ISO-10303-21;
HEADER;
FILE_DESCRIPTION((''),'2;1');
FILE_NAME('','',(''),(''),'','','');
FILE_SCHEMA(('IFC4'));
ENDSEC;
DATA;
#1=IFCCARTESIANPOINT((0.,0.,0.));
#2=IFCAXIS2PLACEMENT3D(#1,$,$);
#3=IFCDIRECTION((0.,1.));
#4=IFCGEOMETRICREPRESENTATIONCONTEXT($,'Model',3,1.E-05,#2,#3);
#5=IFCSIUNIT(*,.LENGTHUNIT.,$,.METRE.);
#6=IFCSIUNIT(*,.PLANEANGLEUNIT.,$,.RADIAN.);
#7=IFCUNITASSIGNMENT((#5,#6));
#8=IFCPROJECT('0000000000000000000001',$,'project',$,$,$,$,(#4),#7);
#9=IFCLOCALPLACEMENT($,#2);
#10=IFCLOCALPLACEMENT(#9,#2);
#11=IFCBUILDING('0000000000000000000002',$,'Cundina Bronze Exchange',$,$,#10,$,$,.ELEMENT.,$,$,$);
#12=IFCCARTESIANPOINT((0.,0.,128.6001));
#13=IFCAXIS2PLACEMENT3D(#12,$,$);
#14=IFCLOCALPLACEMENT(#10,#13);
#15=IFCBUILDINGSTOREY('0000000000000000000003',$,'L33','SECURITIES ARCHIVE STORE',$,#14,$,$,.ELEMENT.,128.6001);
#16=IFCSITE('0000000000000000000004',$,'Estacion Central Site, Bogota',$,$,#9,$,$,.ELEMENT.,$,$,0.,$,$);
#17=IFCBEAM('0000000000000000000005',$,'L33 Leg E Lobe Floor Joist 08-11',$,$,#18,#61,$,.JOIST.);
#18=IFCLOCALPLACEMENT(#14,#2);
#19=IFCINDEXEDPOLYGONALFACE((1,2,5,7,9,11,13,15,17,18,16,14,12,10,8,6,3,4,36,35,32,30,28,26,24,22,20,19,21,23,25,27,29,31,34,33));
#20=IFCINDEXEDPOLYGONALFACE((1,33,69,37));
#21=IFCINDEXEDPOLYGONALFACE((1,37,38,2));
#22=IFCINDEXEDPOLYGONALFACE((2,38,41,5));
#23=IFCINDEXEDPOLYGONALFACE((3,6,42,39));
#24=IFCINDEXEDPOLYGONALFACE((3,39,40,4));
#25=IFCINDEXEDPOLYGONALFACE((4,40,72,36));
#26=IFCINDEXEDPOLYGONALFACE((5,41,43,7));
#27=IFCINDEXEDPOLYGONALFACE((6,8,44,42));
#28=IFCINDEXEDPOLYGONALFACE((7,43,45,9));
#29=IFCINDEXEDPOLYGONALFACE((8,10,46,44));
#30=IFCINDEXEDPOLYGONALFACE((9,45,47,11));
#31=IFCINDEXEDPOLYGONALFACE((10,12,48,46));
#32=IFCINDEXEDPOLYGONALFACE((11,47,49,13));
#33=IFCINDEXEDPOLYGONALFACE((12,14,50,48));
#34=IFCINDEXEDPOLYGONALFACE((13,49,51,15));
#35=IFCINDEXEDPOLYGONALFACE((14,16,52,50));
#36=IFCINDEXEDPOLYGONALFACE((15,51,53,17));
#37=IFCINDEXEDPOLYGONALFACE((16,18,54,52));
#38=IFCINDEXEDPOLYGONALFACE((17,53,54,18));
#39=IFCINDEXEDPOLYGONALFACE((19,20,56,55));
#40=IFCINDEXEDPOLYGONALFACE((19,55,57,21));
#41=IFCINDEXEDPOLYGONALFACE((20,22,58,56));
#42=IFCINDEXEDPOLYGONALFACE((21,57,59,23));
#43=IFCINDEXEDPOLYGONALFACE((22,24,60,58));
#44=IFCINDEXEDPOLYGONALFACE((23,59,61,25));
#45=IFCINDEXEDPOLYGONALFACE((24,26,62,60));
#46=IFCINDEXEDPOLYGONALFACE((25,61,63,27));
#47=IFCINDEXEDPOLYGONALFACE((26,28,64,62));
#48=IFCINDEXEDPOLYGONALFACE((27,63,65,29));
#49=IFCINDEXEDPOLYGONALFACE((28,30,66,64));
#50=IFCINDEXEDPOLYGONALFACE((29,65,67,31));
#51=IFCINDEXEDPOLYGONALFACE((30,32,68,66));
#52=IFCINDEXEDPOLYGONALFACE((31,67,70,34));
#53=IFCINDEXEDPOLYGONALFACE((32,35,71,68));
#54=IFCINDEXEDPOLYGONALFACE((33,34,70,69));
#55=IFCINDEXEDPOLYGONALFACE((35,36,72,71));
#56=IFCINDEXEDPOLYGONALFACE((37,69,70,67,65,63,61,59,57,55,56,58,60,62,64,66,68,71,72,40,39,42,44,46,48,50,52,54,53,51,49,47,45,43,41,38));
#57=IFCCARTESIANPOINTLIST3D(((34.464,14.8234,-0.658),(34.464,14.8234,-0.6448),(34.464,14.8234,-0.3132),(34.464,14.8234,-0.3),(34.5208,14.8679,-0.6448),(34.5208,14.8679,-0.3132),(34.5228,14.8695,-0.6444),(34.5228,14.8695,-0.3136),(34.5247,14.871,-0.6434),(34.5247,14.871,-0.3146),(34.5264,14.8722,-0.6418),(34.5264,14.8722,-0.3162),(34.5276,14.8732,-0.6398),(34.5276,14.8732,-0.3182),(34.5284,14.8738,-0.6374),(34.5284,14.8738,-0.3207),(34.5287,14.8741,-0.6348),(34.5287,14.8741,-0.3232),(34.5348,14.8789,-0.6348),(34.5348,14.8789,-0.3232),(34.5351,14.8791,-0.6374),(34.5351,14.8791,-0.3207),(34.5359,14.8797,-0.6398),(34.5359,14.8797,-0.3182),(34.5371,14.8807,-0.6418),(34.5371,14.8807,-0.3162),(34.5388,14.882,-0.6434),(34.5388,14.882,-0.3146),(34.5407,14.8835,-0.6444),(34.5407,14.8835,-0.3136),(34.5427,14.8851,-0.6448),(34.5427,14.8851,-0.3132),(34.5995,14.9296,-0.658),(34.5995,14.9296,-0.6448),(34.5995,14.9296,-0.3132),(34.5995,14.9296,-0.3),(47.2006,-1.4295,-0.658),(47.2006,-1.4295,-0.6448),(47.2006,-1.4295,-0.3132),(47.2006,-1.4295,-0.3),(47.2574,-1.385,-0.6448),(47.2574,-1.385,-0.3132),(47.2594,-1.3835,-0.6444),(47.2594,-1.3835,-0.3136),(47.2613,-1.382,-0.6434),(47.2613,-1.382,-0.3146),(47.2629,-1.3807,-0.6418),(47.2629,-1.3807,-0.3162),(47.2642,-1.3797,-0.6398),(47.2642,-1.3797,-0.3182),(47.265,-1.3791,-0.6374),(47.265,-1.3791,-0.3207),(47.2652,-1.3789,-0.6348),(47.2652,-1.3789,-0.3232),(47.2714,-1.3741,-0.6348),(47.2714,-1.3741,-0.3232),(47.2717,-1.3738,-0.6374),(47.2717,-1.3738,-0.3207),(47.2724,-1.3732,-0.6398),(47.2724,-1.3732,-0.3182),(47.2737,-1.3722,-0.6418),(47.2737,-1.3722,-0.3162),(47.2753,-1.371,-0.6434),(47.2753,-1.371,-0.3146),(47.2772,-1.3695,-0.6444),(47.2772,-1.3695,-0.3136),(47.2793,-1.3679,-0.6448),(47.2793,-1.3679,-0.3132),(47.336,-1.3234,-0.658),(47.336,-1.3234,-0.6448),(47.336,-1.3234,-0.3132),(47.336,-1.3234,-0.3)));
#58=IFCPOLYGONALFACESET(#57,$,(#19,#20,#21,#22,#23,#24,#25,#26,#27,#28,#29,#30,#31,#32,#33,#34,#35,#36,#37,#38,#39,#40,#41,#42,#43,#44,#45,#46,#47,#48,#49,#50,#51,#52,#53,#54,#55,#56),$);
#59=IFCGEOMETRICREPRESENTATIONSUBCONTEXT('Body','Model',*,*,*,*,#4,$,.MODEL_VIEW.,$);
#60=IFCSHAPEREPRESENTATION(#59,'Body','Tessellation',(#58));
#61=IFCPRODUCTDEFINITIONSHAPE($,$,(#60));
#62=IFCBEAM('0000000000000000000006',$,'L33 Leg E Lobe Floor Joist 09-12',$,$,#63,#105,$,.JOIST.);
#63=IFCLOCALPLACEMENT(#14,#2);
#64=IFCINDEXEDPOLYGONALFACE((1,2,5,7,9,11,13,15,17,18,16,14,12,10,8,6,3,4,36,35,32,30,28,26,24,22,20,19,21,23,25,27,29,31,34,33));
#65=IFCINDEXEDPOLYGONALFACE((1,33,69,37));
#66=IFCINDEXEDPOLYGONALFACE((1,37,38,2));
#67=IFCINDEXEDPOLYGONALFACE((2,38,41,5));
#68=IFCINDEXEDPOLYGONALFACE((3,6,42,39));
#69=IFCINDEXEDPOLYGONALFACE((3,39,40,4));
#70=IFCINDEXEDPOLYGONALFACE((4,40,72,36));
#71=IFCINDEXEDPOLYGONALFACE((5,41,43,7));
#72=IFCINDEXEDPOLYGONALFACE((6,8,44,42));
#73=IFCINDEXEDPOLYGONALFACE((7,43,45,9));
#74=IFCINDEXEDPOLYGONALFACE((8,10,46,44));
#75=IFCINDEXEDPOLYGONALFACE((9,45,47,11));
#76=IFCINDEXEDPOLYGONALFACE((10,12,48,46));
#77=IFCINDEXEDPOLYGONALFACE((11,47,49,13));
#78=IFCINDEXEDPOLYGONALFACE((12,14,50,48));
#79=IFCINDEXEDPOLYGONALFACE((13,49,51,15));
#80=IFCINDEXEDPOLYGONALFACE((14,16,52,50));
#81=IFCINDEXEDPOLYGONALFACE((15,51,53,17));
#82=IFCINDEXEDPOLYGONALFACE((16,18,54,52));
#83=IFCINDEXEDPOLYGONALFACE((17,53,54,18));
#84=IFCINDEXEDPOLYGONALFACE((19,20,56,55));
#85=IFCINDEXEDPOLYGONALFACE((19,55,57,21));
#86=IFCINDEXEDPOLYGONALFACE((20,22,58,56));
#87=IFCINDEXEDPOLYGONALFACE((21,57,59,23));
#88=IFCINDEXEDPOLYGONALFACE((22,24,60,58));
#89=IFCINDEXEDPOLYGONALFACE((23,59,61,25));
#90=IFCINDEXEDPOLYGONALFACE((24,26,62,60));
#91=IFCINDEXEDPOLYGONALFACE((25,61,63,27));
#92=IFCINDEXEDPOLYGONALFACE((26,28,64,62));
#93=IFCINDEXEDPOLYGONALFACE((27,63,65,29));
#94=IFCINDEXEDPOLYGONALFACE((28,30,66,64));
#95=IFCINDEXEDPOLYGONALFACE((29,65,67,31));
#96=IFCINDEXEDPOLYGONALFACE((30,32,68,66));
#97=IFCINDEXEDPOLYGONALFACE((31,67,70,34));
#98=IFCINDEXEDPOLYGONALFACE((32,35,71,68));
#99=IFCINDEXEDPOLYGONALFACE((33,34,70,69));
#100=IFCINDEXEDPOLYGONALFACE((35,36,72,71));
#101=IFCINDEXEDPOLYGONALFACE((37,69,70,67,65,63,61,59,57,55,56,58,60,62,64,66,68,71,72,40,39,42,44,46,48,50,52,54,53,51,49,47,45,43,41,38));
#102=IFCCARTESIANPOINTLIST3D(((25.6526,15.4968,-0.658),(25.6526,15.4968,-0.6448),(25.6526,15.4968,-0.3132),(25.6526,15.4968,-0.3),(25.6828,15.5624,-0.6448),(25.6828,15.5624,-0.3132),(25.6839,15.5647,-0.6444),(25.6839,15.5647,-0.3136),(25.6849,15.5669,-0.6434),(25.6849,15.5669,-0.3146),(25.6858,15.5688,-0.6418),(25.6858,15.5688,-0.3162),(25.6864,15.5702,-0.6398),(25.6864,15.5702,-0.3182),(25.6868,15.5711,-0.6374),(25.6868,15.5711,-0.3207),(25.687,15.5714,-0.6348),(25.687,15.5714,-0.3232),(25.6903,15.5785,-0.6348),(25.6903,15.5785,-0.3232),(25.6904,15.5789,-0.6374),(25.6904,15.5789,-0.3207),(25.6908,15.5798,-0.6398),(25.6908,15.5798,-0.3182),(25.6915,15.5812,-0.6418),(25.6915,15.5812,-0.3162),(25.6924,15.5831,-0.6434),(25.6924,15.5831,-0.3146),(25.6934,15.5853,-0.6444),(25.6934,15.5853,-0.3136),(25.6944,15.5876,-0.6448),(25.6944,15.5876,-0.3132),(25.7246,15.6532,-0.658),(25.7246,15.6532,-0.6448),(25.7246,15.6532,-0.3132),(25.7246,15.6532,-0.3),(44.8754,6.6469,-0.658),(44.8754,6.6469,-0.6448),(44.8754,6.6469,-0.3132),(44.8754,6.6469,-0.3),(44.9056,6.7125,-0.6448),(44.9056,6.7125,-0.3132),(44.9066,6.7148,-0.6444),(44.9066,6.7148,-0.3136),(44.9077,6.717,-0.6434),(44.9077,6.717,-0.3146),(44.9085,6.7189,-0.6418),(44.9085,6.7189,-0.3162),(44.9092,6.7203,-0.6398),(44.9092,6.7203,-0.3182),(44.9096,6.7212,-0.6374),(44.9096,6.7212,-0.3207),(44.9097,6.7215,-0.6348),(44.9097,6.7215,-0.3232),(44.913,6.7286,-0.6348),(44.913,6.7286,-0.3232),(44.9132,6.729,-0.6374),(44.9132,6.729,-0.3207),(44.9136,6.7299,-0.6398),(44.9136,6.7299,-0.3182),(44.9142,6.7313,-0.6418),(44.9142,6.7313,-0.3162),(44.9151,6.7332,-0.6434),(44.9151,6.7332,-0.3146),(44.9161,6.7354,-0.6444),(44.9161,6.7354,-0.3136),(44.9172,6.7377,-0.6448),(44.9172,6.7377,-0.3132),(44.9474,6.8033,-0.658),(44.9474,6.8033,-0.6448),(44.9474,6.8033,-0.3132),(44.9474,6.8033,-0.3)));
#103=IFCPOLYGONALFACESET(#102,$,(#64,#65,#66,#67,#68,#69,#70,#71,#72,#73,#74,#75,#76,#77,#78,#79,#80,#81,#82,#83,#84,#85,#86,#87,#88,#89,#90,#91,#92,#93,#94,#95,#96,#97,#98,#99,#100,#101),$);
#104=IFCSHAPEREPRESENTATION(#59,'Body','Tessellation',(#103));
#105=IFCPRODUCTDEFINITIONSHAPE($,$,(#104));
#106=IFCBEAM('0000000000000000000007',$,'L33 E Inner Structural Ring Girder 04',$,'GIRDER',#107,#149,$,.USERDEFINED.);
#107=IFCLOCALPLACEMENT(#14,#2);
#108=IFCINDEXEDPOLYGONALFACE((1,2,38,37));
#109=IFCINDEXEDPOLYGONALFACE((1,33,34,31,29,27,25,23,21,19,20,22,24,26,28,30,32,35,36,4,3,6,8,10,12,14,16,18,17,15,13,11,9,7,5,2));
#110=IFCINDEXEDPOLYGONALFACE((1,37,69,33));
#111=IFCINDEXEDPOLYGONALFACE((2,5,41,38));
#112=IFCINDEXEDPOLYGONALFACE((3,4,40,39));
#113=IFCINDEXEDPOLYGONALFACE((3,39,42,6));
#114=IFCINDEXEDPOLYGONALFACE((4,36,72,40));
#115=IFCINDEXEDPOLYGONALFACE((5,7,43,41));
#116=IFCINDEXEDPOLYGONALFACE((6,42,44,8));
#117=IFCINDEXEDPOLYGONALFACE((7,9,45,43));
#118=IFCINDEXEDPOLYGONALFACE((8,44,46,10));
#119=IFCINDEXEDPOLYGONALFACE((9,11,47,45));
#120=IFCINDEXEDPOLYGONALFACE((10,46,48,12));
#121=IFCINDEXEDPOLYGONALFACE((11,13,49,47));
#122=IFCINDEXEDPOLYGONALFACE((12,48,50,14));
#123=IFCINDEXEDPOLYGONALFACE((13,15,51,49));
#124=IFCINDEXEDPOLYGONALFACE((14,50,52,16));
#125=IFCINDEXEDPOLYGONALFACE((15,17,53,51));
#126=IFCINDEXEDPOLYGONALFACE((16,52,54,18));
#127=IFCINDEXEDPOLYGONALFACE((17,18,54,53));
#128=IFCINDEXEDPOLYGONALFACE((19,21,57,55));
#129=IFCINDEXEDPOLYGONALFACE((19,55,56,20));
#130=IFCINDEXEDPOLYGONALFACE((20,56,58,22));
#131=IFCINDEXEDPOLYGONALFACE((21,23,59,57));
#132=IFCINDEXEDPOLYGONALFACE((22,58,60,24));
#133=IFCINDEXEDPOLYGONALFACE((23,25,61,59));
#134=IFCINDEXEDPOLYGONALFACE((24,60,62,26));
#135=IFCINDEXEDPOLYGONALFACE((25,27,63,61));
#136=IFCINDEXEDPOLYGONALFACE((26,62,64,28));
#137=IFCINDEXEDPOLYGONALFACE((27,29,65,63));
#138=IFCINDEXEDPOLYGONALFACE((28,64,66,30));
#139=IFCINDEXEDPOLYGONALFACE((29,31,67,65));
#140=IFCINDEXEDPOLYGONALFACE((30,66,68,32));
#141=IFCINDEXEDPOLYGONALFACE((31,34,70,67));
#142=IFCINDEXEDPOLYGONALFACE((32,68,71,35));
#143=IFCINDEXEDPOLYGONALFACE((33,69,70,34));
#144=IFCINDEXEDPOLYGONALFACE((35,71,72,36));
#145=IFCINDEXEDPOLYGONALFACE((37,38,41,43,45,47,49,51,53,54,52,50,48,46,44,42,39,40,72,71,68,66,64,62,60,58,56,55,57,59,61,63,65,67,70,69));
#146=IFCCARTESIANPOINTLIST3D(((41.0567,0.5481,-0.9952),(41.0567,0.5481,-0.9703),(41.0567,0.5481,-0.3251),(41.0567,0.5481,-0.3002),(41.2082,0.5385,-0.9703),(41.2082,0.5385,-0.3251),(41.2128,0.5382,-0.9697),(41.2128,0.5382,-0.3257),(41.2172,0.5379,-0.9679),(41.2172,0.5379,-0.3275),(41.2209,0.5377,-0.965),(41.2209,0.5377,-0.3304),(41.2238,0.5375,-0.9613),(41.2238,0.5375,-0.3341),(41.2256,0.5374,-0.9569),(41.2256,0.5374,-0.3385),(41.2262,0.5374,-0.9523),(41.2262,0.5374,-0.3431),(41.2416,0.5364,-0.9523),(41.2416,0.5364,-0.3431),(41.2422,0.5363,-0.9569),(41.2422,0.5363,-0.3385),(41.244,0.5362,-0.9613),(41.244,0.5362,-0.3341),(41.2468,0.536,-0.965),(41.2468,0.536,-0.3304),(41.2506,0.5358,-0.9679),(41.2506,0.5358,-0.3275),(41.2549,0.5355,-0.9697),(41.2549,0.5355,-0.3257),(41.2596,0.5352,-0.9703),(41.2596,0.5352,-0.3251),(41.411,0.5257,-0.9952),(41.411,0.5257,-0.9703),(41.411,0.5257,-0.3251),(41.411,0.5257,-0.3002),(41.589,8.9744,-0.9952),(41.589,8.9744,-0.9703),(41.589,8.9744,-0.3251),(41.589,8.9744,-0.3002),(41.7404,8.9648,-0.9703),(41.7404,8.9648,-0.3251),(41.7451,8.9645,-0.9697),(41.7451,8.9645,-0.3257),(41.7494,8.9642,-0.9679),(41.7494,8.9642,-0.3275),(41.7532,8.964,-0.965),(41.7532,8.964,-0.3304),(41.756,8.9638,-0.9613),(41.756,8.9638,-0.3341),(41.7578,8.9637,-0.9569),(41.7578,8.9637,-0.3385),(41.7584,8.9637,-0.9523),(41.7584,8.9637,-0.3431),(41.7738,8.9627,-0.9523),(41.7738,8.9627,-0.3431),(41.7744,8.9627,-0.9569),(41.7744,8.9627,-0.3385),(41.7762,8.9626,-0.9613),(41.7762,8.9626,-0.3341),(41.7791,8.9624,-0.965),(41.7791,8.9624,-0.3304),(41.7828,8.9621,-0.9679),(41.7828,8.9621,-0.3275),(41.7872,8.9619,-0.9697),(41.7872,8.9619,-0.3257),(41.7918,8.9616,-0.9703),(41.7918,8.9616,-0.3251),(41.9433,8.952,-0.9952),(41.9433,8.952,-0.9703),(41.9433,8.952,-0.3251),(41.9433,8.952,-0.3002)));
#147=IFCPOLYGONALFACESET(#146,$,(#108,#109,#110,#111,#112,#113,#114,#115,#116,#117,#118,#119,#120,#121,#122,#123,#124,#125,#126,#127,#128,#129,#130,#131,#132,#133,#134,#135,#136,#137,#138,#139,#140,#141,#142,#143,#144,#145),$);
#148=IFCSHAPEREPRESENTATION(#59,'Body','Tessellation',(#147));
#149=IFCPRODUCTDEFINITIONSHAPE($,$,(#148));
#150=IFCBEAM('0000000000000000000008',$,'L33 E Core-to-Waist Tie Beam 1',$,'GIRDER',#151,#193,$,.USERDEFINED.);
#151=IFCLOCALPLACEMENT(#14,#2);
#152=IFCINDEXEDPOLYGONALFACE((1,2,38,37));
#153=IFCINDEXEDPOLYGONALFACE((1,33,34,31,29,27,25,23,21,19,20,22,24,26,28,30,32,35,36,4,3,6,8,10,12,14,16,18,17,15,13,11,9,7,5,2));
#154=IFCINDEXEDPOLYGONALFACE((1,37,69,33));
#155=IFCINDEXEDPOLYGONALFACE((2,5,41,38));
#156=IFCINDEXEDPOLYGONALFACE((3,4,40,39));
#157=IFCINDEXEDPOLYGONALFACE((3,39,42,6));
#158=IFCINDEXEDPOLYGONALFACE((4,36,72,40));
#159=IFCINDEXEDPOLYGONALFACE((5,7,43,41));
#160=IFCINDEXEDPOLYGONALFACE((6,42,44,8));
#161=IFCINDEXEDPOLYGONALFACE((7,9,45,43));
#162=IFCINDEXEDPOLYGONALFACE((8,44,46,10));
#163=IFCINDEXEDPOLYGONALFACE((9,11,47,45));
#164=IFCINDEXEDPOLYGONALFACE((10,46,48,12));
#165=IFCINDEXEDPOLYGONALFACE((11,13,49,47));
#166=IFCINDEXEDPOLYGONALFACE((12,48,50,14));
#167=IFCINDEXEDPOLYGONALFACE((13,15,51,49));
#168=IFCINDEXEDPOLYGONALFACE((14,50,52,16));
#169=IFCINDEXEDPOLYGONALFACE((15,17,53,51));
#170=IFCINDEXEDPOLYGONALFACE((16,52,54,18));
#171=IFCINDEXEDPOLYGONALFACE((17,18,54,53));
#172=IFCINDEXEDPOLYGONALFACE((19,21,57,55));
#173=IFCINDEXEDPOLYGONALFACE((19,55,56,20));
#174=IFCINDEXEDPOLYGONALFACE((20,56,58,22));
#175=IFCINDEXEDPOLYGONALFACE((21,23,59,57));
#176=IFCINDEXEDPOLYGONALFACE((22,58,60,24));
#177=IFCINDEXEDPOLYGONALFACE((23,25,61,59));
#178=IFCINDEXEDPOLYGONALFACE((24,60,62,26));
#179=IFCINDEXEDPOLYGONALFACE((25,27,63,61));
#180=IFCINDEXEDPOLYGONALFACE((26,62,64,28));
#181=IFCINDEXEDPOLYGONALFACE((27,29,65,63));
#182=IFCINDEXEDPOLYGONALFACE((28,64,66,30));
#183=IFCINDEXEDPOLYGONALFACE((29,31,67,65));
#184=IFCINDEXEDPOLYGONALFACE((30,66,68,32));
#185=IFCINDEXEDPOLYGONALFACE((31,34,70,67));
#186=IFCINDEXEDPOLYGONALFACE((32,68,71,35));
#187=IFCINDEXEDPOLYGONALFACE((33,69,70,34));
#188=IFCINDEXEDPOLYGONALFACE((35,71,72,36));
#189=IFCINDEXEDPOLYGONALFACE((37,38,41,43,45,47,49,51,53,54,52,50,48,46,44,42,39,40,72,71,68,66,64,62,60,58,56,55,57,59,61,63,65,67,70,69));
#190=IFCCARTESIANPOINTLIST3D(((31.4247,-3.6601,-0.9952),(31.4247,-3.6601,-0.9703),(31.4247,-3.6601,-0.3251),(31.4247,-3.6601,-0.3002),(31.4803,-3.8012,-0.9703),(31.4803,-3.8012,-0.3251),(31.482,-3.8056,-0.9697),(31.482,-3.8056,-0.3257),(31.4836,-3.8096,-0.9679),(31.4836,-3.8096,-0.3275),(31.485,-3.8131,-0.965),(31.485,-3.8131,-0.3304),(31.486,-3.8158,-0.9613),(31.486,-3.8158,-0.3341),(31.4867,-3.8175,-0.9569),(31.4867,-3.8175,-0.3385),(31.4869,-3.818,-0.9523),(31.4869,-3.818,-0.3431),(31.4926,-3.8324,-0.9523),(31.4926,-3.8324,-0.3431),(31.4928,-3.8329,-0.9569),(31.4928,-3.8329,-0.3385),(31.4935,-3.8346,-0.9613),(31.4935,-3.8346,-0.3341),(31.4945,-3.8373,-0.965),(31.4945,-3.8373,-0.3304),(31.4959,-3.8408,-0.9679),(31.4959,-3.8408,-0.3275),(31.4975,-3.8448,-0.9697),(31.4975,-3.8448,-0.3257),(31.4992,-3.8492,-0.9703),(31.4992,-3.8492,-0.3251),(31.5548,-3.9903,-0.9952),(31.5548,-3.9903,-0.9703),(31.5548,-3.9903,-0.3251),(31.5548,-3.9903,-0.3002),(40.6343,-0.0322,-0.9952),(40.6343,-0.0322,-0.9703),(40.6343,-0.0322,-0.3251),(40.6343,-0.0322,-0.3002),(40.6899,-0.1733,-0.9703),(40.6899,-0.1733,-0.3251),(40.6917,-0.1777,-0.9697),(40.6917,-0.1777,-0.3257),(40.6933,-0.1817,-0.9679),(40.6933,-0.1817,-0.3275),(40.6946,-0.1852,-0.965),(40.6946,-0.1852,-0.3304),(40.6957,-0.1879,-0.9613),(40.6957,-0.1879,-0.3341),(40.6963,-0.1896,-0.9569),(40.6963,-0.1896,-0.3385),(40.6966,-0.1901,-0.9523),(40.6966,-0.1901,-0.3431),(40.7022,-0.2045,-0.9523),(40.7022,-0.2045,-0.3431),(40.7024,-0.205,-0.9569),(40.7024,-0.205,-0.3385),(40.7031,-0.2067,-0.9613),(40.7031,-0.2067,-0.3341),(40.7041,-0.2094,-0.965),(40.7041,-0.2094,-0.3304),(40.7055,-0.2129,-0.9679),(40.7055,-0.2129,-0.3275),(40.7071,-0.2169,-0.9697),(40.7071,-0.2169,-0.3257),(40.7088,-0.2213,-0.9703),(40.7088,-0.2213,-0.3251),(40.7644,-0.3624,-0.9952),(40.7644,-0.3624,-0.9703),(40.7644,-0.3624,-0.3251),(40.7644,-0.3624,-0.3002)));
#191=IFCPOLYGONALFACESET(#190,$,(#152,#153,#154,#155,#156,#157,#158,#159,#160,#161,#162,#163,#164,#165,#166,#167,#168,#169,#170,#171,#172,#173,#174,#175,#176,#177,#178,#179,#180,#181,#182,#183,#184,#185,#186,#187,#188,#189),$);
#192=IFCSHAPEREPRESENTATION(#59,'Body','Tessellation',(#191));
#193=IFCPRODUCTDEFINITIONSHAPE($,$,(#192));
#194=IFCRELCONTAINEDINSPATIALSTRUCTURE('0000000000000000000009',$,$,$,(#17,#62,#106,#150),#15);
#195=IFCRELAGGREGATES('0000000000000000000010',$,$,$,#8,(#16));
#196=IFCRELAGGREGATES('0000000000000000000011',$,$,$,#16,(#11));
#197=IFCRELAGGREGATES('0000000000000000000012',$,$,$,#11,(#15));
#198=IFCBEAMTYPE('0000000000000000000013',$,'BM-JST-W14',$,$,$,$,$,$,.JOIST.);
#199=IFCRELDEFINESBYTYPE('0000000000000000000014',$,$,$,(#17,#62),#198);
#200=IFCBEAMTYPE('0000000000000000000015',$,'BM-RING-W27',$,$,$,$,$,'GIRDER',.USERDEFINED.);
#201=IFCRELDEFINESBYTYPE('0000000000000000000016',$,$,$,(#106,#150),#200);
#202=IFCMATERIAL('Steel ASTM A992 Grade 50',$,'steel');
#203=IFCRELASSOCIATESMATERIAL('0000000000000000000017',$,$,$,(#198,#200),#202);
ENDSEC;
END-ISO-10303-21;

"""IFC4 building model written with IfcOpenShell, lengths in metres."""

from ifc_helpers import new_model, si_unit, direction, frame, origin, origin_2d, place, context, subcontext, project, spatial, i_section, extrude, material, material_profile, profile_set, type_object, element, save


model = new_model("IFC4")

# Units and contexts
model_context = context("Model", 3, precision=1e-05, world=origin(), true_north=direction((0.0, 1.0)))
body_context = subcontext(model_context, "Body", "Model", "MODEL_VIEW")
ifc_project = project(units=[si_unit("LENGTHUNIT", "METRE"), si_unit("PLANEANGLEUNIT", "RADIAN")], contexts=[model_context])

# Site, building, storey
site_placement = place(None, origin())
site = spatial("IfcSite", under=ifc_project, at=site_placement, Name="Estacion Central Site, Bogota", CompositionType="ELEMENT", RefElevation=0.0)
building_placement = place(site_placement, origin())
building = spatial("IfcBuilding", under=site, at=building_placement, Name="Cundina Bronze Exchange", CompositionType="ELEMENT")
storey_placement = place(building_placement, frame((0.0, 0.0, 128.6001)))
storey = spatial("IfcBuildingStorey", under=building, at=storey_placement, Name="L33", Description="SECURITIES ARCHIVE STORE", CompositionType="ELEMENT", Elevation=128.6001)

# Shared definitions
ifc_material_1 = material(Name="Steel ASTM A992 Grade 50", Category="steel")

# Beams
ifc_material_profile_1 = material_profile(ifc_material_1, i_section(OverallWidth=0.1721, OverallDepth=0.3579, WebThickness=0.0078, FlangeThickness=0.0132, FilletRadius=0.01, at=origin_2d()), Name="W14X38", Category="steel")
ifc_profile_set_1 = profile_set([ifc_material_profile_1], Name="Steel ASTM A992 Grade 50")
beam_type_1 = type_object("IfcBeamType", Name="BM-JST-W14", PredefinedType="JOIST", material=ifc_profile_set_1)
beam_1_placement = place(storey_placement, frame((47.2683, -1.3765, -0.479), z_axis=(-0.616815, 0.787108, 0.0), x_axis=(-0.787108, -0.616815, 0.0)))
element("IfcBeam", 1, at=beam_1_placement, inside=storey, type_object=beam_type_1, Name="L33 Leg E Lobe Floor Joist 08-11", PredefinedType="JOIST", context=body_context, shape_type="SweptSolid", body=[
    extrude(i_section(OverallWidth=0.1721, OverallDepth=0.3579, WebThickness=0.0078, FlangeThickness=0.0132, FilletRadius=0.01, at=origin_2d()), origin(), (0.0, 0.0, 1.0), 20.6489),
])
beam_2_placement = place(storey_placement, frame((44.9114, 6.7251, -0.479), z_axis=(-0.908357, 0.418195, 0.0), x_axis=(-0.418195, -0.908357, 0.0)))
element("IfcBeam", 2, at=beam_2_placement, inside=storey, type_object=beam_type_1, Name="L33 Leg E Lobe Floor Joist 09-12", PredefinedType="JOIST", context=body_context, shape_type="SweptSolid", body=[
    extrude(i_section(OverallWidth=0.1721, OverallDepth=0.3579, WebThickness=0.0078, FlangeThickness=0.0132, FilletRadius=0.01, at=origin_2d()), origin(), (0.0, 0.0, 1.0), 21.1621),
])
ifc_material_profile_2 = material_profile(ifc_material_1, i_section(OverallWidth=0.355, OverallDepth=0.6951, WebThickness=0.0154, FlangeThickness=0.0249, FilletRadius=0.0181, at=origin_2d()), Name="W27X146", Category="steel")
ifc_profile_set_2 = profile_set([ifc_material_profile_2], Name="Steel ASTM A992 Grade 50")
beam_type_2 = type_object("IfcBeamType", Name="BM-RING-W27", ElementType="GIRDER", PredefinedType="USERDEFINED", material=ifc_profile_set_2)
beam_3_placement = place(storey_placement, frame((41.2339, 0.5369, -0.6477), z_axis=(0.063037, 0.998011, 0.0), x_axis=(-0.998011, 0.063037, 0.0)))
element("IfcBeam", 3, at=beam_3_placement, inside=storey, type_object=beam_type_2, Name="L33 E Inner Structural Ring Girder 04", ObjectType="GIRDER", PredefinedType="USERDEFINED", context=body_context, shape_type="SweptSolid", body=[
    extrude(i_section(OverallWidth=0.355, OverallDepth=0.6951, WebThickness=0.0154, FlangeThickness=0.0249, FilletRadius=0.0181, at=origin_2d()), origin(), (0.0, 0.0, 1.0), 8.4431),
])
beam_4_placement = place(storey_placement, frame((31.4897, -3.8252, -0.6477), z_axis=(0.930413, 0.366512, 0.0), x_axis=(-0.366512, 0.930413, 0.0)))
element("IfcBeam", 4, at=beam_4_placement, inside=storey, type_object=beam_type_2, Name="L33 E Core-to-Waist Tie Beam 1", ObjectType="GIRDER", PredefinedType="USERDEFINED", context=body_context, shape_type="SweptSolid", body=[
    extrude(i_section(OverallWidth=0.355, OverallDepth=0.6951, WebThickness=0.0154, FlangeThickness=0.0249, FilletRadius=0.0181, at=origin_2d()), origin(), (0.0, 0.0, 1.0), 9.8984),
])

save(model, "model.ifc")
